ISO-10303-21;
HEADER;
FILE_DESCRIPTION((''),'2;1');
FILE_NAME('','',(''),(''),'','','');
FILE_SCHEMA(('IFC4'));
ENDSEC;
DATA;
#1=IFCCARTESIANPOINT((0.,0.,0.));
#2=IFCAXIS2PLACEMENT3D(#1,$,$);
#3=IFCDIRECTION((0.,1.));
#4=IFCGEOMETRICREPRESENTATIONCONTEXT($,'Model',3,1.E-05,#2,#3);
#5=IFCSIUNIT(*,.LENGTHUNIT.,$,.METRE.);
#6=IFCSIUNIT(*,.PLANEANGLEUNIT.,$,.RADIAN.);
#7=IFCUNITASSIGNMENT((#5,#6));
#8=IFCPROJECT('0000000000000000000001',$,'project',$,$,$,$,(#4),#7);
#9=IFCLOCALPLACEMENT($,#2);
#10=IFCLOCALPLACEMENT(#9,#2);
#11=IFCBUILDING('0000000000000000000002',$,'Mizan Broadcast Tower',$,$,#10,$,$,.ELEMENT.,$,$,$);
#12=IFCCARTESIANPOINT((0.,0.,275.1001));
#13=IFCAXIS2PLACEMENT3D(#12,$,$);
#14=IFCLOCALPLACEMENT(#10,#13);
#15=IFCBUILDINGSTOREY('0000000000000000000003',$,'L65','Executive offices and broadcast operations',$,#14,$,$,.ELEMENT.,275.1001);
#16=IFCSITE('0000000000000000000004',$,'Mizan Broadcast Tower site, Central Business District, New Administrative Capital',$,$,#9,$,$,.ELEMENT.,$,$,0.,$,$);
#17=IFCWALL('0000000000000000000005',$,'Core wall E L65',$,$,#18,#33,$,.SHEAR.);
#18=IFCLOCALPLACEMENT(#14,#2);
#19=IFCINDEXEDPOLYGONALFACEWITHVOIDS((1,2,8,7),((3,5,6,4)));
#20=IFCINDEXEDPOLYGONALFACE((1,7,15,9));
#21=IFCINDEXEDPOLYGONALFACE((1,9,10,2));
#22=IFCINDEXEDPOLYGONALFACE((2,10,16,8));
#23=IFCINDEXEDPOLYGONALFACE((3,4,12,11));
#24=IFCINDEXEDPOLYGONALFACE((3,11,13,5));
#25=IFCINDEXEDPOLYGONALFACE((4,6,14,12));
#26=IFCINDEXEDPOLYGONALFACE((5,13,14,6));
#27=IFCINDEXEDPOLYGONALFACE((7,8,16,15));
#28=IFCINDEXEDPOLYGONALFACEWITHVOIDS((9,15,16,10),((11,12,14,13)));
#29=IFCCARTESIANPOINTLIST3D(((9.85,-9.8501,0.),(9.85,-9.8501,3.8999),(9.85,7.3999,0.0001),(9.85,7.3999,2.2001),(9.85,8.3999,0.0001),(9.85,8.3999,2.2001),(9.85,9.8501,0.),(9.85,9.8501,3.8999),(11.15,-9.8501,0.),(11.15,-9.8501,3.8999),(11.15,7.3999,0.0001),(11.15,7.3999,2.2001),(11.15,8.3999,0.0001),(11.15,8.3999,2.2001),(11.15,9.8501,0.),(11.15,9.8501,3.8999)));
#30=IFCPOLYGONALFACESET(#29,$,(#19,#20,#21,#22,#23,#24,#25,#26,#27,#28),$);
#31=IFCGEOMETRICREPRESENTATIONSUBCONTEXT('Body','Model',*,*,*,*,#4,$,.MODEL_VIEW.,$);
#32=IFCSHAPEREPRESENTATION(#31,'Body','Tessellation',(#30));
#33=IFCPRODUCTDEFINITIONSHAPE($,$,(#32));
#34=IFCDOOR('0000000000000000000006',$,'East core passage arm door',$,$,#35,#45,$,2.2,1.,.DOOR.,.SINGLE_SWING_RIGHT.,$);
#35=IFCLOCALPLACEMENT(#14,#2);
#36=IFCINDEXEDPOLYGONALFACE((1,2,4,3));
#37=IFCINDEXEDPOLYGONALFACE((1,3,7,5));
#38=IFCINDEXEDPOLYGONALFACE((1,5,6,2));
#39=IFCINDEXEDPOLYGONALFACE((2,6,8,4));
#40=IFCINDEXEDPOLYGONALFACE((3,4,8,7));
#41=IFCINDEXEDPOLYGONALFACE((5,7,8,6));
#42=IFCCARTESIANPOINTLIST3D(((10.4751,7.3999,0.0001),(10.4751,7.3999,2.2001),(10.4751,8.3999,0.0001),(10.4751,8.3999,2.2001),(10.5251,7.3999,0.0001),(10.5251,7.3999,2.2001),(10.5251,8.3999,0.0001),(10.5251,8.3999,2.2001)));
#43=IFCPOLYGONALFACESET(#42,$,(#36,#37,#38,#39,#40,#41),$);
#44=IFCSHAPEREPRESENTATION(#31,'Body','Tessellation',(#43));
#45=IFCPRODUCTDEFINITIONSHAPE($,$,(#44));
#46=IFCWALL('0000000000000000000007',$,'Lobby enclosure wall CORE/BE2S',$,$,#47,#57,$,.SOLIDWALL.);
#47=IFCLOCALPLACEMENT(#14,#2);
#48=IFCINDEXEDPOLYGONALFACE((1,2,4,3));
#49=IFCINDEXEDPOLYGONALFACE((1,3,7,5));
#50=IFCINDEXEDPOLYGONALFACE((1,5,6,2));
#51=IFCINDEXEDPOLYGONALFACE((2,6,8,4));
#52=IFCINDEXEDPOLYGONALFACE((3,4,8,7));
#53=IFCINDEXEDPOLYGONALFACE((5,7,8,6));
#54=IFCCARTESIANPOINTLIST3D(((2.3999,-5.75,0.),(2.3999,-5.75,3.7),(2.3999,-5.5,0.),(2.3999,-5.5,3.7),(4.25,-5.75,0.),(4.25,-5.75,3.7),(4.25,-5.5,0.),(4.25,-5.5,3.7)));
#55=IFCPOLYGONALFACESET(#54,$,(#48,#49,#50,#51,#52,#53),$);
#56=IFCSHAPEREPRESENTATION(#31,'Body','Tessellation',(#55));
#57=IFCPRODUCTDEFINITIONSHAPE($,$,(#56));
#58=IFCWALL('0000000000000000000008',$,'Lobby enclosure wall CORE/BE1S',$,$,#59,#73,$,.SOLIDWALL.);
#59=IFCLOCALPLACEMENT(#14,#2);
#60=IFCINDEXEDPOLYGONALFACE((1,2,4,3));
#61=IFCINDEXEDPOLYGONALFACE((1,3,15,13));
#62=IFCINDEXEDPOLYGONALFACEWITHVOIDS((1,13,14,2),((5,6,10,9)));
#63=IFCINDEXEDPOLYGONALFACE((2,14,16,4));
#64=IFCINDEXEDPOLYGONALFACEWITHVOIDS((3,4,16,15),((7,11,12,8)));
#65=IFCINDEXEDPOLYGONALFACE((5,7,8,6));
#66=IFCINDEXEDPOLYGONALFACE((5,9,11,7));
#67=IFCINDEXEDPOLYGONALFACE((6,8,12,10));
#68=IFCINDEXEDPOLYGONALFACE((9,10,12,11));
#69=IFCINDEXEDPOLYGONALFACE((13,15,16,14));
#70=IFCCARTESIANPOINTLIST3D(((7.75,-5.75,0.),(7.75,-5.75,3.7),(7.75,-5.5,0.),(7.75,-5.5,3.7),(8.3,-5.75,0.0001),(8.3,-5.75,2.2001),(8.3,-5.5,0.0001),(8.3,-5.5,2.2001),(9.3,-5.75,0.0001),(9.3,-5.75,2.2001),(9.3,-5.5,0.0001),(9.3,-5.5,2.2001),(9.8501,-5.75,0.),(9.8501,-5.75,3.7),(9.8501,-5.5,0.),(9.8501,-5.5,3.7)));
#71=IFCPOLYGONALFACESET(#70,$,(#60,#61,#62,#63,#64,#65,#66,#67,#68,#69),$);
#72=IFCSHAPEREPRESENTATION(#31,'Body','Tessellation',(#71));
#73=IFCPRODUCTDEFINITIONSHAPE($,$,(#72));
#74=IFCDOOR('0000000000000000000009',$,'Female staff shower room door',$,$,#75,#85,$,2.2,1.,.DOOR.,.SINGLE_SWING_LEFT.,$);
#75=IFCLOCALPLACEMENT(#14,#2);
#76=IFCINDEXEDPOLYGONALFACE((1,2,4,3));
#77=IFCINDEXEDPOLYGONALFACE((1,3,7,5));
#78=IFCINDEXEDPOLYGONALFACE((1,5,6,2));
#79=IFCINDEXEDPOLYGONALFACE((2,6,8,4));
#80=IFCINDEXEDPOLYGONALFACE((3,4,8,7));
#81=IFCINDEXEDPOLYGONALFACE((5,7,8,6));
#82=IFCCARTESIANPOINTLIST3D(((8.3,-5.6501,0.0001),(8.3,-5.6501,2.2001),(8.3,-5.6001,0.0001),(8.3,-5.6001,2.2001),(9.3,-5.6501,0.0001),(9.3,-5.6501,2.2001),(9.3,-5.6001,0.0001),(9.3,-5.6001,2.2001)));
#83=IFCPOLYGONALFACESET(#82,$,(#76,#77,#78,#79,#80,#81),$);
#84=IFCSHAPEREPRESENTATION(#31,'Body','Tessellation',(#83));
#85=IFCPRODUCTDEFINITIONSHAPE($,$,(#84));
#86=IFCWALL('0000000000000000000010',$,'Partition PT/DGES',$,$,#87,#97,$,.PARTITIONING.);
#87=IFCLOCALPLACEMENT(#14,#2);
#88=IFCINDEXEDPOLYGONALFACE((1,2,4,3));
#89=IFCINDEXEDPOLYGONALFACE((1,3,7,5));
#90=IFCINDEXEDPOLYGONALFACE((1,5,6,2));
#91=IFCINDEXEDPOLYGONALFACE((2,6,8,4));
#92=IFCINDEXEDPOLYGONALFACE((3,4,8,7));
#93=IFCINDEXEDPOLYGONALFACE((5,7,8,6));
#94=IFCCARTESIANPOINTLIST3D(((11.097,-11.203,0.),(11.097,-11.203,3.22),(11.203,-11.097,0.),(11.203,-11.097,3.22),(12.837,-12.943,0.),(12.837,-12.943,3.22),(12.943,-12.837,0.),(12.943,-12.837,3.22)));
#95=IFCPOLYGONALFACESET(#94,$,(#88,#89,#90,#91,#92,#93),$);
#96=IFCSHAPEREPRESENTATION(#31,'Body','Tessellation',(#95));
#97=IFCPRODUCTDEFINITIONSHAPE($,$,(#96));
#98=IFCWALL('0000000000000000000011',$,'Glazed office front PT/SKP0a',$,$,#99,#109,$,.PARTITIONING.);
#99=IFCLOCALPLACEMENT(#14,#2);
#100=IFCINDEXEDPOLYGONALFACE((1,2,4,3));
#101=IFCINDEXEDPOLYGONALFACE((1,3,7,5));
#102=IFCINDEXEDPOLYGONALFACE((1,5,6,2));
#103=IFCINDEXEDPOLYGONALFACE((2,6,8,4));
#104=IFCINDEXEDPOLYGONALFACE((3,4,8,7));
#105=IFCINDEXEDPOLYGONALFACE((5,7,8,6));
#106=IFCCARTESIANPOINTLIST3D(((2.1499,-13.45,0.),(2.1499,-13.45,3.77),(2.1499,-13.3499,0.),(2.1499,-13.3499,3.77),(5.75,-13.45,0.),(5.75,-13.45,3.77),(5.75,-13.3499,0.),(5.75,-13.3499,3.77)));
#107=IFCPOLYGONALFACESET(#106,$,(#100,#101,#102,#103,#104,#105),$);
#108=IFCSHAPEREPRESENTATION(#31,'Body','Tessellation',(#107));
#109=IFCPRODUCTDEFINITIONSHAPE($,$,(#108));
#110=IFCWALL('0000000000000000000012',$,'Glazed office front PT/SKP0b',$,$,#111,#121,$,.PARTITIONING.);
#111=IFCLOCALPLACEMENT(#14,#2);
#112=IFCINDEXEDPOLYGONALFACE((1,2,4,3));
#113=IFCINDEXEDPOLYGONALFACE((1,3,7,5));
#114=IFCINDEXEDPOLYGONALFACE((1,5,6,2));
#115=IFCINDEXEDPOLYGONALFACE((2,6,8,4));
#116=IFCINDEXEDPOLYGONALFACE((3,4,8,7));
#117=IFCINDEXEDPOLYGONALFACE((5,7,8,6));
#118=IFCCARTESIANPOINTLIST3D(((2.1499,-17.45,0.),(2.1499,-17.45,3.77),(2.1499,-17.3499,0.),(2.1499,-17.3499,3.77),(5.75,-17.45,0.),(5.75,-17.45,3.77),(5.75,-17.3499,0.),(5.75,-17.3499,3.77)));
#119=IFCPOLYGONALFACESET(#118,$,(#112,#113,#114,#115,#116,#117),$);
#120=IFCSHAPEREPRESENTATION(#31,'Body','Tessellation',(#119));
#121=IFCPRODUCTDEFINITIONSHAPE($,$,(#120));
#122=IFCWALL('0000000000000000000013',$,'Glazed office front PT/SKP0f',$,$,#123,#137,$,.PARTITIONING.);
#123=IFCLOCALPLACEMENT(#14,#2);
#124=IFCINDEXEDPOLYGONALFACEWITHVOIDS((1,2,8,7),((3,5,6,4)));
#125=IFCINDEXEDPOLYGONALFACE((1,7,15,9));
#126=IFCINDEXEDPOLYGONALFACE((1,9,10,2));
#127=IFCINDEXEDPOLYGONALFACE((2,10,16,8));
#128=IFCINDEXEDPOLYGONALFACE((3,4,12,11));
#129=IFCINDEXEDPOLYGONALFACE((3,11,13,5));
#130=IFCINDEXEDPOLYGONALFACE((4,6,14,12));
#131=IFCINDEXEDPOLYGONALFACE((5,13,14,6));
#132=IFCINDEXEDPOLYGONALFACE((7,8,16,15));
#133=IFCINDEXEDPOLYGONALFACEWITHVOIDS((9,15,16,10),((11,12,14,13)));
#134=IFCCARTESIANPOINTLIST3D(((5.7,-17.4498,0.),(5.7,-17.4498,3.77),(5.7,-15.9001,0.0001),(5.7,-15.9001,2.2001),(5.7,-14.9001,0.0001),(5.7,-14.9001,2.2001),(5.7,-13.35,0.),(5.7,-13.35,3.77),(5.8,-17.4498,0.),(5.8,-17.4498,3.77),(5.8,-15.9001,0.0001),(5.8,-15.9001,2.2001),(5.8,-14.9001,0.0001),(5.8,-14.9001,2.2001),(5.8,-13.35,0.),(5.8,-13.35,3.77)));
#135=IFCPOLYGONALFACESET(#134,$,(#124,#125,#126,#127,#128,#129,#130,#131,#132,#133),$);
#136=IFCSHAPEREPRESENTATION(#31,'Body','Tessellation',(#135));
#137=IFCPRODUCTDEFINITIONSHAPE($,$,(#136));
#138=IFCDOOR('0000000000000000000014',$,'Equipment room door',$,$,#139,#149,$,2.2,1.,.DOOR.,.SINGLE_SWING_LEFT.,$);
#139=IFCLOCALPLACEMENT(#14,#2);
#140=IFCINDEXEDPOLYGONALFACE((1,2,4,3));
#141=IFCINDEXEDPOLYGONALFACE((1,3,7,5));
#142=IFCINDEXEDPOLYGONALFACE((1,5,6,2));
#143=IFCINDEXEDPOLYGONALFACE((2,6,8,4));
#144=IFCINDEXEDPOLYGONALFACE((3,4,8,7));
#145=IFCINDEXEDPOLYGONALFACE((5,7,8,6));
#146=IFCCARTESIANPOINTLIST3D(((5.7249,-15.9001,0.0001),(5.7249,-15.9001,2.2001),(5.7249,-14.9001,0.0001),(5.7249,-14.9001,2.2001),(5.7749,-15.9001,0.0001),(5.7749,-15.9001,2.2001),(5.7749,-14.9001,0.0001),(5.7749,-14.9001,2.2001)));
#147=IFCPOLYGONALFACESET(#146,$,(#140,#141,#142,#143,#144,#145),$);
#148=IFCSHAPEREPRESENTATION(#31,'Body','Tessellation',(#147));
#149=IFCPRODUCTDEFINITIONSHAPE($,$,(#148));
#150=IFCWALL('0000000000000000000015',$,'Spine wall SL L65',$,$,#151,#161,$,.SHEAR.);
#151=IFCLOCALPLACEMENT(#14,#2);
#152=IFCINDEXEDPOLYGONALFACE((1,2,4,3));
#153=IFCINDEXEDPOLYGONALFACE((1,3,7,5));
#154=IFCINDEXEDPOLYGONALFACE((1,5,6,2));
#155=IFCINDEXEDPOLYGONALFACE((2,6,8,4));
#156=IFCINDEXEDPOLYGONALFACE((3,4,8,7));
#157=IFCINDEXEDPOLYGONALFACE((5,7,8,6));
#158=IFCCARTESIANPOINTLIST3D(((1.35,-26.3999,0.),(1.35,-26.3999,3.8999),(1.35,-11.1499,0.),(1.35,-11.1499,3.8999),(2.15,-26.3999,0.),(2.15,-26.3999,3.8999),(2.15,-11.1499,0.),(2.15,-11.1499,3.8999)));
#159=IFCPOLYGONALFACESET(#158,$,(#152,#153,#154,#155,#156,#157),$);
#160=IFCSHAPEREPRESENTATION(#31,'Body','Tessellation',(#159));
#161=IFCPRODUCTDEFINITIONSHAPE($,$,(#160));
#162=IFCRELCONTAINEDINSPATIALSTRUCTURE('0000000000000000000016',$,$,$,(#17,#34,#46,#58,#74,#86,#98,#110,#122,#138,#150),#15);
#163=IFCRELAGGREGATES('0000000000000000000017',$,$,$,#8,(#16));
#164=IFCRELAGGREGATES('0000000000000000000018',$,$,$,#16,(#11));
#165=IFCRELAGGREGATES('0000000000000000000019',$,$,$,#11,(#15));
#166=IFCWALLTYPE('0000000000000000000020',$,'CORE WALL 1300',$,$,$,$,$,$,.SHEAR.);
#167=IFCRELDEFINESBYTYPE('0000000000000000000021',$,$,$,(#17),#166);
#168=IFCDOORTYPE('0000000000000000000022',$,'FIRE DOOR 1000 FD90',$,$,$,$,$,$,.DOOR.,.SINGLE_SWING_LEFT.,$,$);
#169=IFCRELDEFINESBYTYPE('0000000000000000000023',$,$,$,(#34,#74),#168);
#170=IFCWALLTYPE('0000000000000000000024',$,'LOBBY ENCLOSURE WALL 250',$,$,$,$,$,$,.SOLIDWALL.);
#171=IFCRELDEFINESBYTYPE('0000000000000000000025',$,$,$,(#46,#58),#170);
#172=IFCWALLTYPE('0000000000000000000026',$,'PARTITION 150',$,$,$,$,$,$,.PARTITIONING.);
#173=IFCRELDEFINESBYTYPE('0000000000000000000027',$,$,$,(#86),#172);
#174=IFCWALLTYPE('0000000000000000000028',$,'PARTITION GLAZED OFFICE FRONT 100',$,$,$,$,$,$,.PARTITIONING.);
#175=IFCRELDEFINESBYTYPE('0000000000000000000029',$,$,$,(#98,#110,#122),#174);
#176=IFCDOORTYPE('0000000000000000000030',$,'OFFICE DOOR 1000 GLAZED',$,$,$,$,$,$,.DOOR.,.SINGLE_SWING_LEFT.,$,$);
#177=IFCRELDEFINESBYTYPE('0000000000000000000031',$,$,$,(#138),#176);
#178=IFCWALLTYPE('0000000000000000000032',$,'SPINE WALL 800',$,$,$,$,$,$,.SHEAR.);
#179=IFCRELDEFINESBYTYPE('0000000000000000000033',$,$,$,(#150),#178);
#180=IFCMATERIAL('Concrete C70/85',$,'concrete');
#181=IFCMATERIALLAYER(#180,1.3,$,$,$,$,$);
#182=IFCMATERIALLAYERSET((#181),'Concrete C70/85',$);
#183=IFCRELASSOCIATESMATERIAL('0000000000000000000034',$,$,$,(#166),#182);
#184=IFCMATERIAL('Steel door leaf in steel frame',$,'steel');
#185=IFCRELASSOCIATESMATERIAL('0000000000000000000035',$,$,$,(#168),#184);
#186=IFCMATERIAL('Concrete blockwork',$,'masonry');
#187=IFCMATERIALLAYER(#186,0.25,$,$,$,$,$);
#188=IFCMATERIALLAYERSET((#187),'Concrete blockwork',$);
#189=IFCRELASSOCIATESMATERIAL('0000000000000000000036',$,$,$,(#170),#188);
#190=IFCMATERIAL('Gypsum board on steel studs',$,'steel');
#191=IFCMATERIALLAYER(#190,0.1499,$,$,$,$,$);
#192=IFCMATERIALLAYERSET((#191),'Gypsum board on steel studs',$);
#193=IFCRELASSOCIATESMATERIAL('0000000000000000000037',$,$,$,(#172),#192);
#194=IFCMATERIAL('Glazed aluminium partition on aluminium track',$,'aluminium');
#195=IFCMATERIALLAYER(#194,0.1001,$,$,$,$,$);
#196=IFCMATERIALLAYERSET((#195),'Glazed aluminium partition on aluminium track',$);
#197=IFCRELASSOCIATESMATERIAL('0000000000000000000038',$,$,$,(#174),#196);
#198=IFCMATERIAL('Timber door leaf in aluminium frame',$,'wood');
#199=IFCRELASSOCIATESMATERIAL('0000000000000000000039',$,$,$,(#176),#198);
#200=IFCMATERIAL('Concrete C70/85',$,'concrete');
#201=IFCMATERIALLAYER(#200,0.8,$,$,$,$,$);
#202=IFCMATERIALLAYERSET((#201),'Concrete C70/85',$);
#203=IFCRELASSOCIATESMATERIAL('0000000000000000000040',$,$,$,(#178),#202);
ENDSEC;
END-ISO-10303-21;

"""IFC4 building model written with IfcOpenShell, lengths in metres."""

from ifc_helpers import new_model, si_unit, direction, frame, frame_2d, origin, place, context, subcontext, project, spatial, rectangle, extrude, material, layer, layer_set, type_object, element, fill, save


model = new_model("IFC4")

# Units and contexts
model_context = context("Model", 3, precision=1e-05, world=origin(), true_north=direction((0.0, 1.0)))
body_context = subcontext(model_context, "Body", "Model", "MODEL_VIEW")
ifc_project = project(units=[si_unit("LENGTHUNIT", "METRE"), si_unit("PLANEANGLEUNIT", "RADIAN")], contexts=[model_context])

# Site, building, storey
site_placement = place(None, origin())
site = spatial("IfcSite", under=ifc_project, at=site_placement, Name="Mizan Broadcast Tower site, Central Business District, New Administrative Capital", CompositionType="ELEMENT", RefElevation=0.0)
building_placement = place(site_placement, origin())
building = spatial("IfcBuilding", under=site, at=building_placement, Name="Mizan Broadcast Tower", CompositionType="ELEMENT")
storey_placement = place(building_placement, frame((0.0, 0.0, 275.1001)))
storey = spatial("IfcBuildingStorey", under=building, at=storey_placement, Name="L65", Description="Executive offices and broadcast operations", CompositionType="ELEMENT", Elevation=275.1001)

# Shared definitions
ifc_material_1 = material(Name="Concrete C70/85", Category="concrete")
ifc_layer_1 = layer(ifc_material_1, 1.3)
ifc_layer_set_1 = layer_set([ifc_layer_1], Name="Concrete C70/85")
wall_type_1 = type_object("IfcWallType", Name="CORE WALL 1300", PredefinedType="SHEAR", material=ifc_layer_set_1)

# Wall, opening, door
wall_1_placement = place(storey_placement, frame((10.5, -9.8501, 0.0), z_axis=(0.0, 0.0, 1.0), x_axis=(0.0, 1.0, 0.0)))
wall_1 = element("IfcWall", 1, at=wall_1_placement, inside=storey, type_object=wall_type_1, Name="Core wall E L65", PredefinedType="SHEAR", context=body_context, shape_type="SweptSolid", body=[
    extrude(rectangle(XDim=19.7002, YDim=1.3, at=frame_2d((9.8501, 0.0))), origin(), (0.0, 0.0, 1.0), 3.8999),
])
opening_1_placement = place(wall_1_placement, frame((17.25, 0.0, 0.0)))
opening_1 = element("IfcOpeningElement", 2, at=opening_1_placement, cuts=wall_1, PredefinedType="OPENING", context=body_context, shape_type="SweptSolid", body=[
    extrude(rectangle(XDim=1.0, YDim=2.2, at=frame_2d((0.5, 1.1001))), frame((0.0, 0.6599, 0.0), z_axis=(0.0, -1.0, 0.0), x_axis=(1.0, 0.0, 0.0)), (0.0, 0.0, 1.0), 1.3201),
])
ifc_material_2 = material(Name="Steel door leaf in steel frame", Category="steel")
door_type_1 = type_object("IfcDoorType", Name="FIRE DOOR 1000 FD90", OperationType="SINGLE_SWING_LEFT", PredefinedType="DOOR", material=ifc_material_2)
door_1_placement = place(opening_1_placement, origin())
door_1 = element("IfcDoor", 3, at=door_1_placement, inside=storey, type_object=door_type_1, Name="East core passage arm door", OperationType="SINGLE_SWING_RIGHT", OverallHeight=2.2, OverallWidth=1.0, PredefinedType="DOOR", context=body_context, shape_type="SweptSolid", body=[
    extrude(rectangle(XDim=1.0, YDim=2.2, at=frame_2d((0.5, 1.1001))), frame((0.0, 0.0249, 0.0), z_axis=(0.0, -1.0, 0.0), x_axis=(1.0, 0.0, 0.0)), (0.0, 0.0, 1.0), 0.05),
])
fill(opening_1, door_1)

# Wall
ifc_material_3 = material(Name="Concrete blockwork", Category="masonry")
ifc_layer_2 = layer(ifc_material_3, 0.25)
ifc_layer_set_2 = layer_set([ifc_layer_2], Name="Concrete blockwork")
wall_type_2 = type_object("IfcWallType", Name="LOBBY ENCLOSURE WALL 250", PredefinedType="SOLIDWALL", material=ifc_layer_set_2)
wall_2_placement = place(storey_placement, frame((2.3999, -5.625, 0.0), z_axis=(0.0, 0.0, 1.0), x_axis=(1.0, 0.0, 0.0)))
element("IfcWall", 4, at=wall_2_placement, inside=storey, type_object=wall_type_2, Name="Lobby enclosure wall CORE/BE2S", PredefinedType="SOLIDWALL", context=body_context, shape_type="SweptSolid", body=[
    extrude(rectangle(XDim=1.8501, YDim=0.25, at=frame_2d((0.925, 0.0))), origin(), (0.0, 0.0, 1.0), 3.7),
])

# Wall, opening, door
wall_3_placement = place(storey_placement, frame((7.75, -5.625, 0.0), z_axis=(0.0, 0.0, 1.0), x_axis=(1.0, 0.0, 0.0)))
wall_3 = element("IfcWall", 5, at=wall_3_placement, inside=storey, type_object=wall_type_2, Name="Lobby enclosure wall CORE/BE1S", PredefinedType="SOLIDWALL", context=body_context, shape_type="SweptSolid", body=[
    extrude(rectangle(XDim=2.1001, YDim=0.25, at=frame_2d((1.05, 0.0))), origin(), (0.0, 0.0, 1.0), 3.7),
])
opening_2_placement = place(wall_3_placement, frame((0.55, 0.0, 0.0)))
opening_2 = element("IfcOpeningElement", 6, at=opening_2_placement, cuts=wall_3, PredefinedType="OPENING", context=body_context, shape_type="SweptSolid", body=[
    extrude(rectangle(XDim=1.0, YDim=2.2, at=frame_2d((0.5, 1.1001))), frame((0.0, 0.135, 0.0), z_axis=(0.0, -1.0, 0.0), x_axis=(1.0, 0.0, 0.0)), (0.0, 0.0, 1.0), 0.27),
])
door_2_placement = place(opening_2_placement, origin())
door_2 = element("IfcDoor", 7, at=door_2_placement, inside=storey, type_object=door_type_1, Name="Female staff shower room door", OperationType="SINGLE_SWING_LEFT", OverallHeight=2.2, OverallWidth=1.0, PredefinedType="DOOR", context=body_context, shape_type="SweptSolid", body=[
    extrude(rectangle(XDim=1.0, YDim=2.2, at=frame_2d((0.5, 1.1001))), frame((0.0, 0.0249, 0.0), z_axis=(0.0, -1.0, 0.0), x_axis=(1.0, 0.0, 0.0)), (0.0, 0.0, 1.0), 0.05),
])
fill(opening_2, door_2)

# Walls
ifc_material_4 = material(Name="Gypsum board on steel studs", Category="steel")
ifc_layer_3 = layer(ifc_material_4, 0.1499)
ifc_layer_set_3 = layer_set([ifc_layer_3], Name="Gypsum board on steel studs")
wall_type_3 = type_object("IfcWallType", Name="PARTITION 150", PredefinedType="PARTITIONING", material=ifc_layer_set_3)
wall_4_placement = place(storey_placement, frame((11.1499, -11.1499, 0.0), z_axis=(0.0, 0.0, 1.0), x_axis=(0.707107, -0.707107, 0.0)))
element("IfcWall", 8, at=wall_4_placement, inside=storey, type_object=wall_type_3, Name="Partition PT/DGES", PredefinedType="PARTITIONING", context=body_context, shape_type="SweptSolid", body=[
    extrude(rectangle(XDim=2.4607, YDim=0.1499, at=frame_2d((1.2305, 0.0))), origin(), (0.0, 0.0, 1.0), 3.22),
])
ifc_material_5 = material(Name="Glazed aluminium partition on aluminium track", Category="aluminium")
ifc_layer_4 = layer(ifc_material_5, 0.1001)
ifc_layer_set_4 = layer_set([ifc_layer_4], Name="Glazed aluminium partition on aluminium track")
wall_type_4 = type_object("IfcWallType", Name="PARTITION GLAZED OFFICE FRONT 100", PredefinedType="PARTITIONING", material=ifc_layer_set_4)
for number, where, z_axis, x_axis, name in (
    (9, (2.1499, -13.3999, 0.0), (0.0, 0.0, 1.0), (1.0, 0.0, 0.0), "Glazed office front PT/SKP0a"),
    (10, (2.1499, -17.3999, 0.0), (0.0, 0.0, 1.0), (1.0, 0.0, 0.0), "Glazed office front PT/SKP0b"),
):
    element("IfcWall", number, at=place(storey_placement, frame(where, z_axis=z_axis, x_axis=x_axis)), inside=storey, type_object=wall_type_4, Name=name, PredefinedType="PARTITIONING", context=body_context, shape_type="SweptSolid", body=[
        extrude(rectangle(XDim=3.6001, YDim=0.1001, at=frame_2d((1.8, 0.0))), origin(), (0.0, 0.0, 1.0), 3.77),
    ])

# Wall, opening, door
wall_5_placement = place(storey_placement, frame((5.75, -13.3501, 0.0), z_axis=(0.0, 0.0, 1.0), x_axis=(0.0, -1.0, 0.0)))
wall_5 = element("IfcWall", 11, at=wall_5_placement, inside=storey, type_object=wall_type_4, Name="Glazed office front PT/SKP0f", PredefinedType="PARTITIONING", context=body_context, shape_type="SweptSolid", body=[
    extrude(rectangle(XDim=4.0999, YDim=0.1001, at=frame_2d((2.0498, 0.0))), origin(), (0.0, 0.0, 1.0), 3.77),
])
opening_3_placement = place(wall_5_placement, frame((1.55, 0.0, 0.0)))
opening_3 = element("IfcOpeningElement", 12, at=opening_3_placement, cuts=wall_5, PredefinedType="OPENING", context=body_context, shape_type="SweptSolid", body=[
    extrude(rectangle(XDim=1.0, YDim=2.2, at=frame_2d((0.5, 1.1001))), frame((0.0, 0.0601, 0.0), z_axis=(0.0, -1.0, 0.0), x_axis=(1.0, 0.0, 0.0)), (0.0, 0.0, 1.0), 0.1201),
])
ifc_material_6 = material(Name="Timber door leaf in aluminium frame", Category="wood")
door_type_2 = type_object("IfcDoorType", Name="OFFICE DOOR 1000 GLAZED", OperationType="SINGLE_SWING_LEFT", PredefinedType="DOOR", material=ifc_material_6)
door_3_placement = place(opening_3_placement, origin())
door_3 = element("IfcDoor", 13, at=door_3_placement, inside=storey, type_object=door_type_2, Name="Equipment room door", OperationType="SINGLE_SWING_LEFT", OverallHeight=2.2, OverallWidth=1.0, PredefinedType="DOOR", context=body_context, shape_type="SweptSolid", body=[
    extrude(rectangle(XDim=1.0, YDim=2.2, at=frame_2d((0.5, 1.1001))), frame((0.0, 0.0249, 0.0), z_axis=(0.0, -1.0, 0.0), x_axis=(1.0, 0.0, 0.0)), (0.0, 0.0, 1.0), 0.05),
])
fill(opening_3, door_3)

# Wall
ifc_material_7 = material(Name="Concrete C70/85", Category="concrete")
ifc_layer_5 = layer(ifc_material_7, 0.8)
ifc_layer_set_5 = layer_set([ifc_layer_5], Name="Concrete C70/85")
wall_type_5 = type_object("IfcWallType", Name="SPINE WALL 800", PredefinedType="SHEAR", material=ifc_layer_set_5)
wall_6_placement = place(storey_placement, frame((1.75, -11.1499, 0.0), z_axis=(0.0, 0.0, 1.0), x_axis=(0.0, -1.0, 0.0)))
element("IfcWall", 14, at=wall_6_placement, inside=storey, type_object=wall_type_5, Name="Spine wall SL L65", PredefinedType="SHEAR", context=body_context, shape_type="SweptSolid", body=[
    extrude(rectangle(XDim=15.25, YDim=0.8, at=frame_2d((7.625, 0.0))), origin(), (0.0, 0.0, 1.0), 3.8999),
])

save(model, "model.ifc")
